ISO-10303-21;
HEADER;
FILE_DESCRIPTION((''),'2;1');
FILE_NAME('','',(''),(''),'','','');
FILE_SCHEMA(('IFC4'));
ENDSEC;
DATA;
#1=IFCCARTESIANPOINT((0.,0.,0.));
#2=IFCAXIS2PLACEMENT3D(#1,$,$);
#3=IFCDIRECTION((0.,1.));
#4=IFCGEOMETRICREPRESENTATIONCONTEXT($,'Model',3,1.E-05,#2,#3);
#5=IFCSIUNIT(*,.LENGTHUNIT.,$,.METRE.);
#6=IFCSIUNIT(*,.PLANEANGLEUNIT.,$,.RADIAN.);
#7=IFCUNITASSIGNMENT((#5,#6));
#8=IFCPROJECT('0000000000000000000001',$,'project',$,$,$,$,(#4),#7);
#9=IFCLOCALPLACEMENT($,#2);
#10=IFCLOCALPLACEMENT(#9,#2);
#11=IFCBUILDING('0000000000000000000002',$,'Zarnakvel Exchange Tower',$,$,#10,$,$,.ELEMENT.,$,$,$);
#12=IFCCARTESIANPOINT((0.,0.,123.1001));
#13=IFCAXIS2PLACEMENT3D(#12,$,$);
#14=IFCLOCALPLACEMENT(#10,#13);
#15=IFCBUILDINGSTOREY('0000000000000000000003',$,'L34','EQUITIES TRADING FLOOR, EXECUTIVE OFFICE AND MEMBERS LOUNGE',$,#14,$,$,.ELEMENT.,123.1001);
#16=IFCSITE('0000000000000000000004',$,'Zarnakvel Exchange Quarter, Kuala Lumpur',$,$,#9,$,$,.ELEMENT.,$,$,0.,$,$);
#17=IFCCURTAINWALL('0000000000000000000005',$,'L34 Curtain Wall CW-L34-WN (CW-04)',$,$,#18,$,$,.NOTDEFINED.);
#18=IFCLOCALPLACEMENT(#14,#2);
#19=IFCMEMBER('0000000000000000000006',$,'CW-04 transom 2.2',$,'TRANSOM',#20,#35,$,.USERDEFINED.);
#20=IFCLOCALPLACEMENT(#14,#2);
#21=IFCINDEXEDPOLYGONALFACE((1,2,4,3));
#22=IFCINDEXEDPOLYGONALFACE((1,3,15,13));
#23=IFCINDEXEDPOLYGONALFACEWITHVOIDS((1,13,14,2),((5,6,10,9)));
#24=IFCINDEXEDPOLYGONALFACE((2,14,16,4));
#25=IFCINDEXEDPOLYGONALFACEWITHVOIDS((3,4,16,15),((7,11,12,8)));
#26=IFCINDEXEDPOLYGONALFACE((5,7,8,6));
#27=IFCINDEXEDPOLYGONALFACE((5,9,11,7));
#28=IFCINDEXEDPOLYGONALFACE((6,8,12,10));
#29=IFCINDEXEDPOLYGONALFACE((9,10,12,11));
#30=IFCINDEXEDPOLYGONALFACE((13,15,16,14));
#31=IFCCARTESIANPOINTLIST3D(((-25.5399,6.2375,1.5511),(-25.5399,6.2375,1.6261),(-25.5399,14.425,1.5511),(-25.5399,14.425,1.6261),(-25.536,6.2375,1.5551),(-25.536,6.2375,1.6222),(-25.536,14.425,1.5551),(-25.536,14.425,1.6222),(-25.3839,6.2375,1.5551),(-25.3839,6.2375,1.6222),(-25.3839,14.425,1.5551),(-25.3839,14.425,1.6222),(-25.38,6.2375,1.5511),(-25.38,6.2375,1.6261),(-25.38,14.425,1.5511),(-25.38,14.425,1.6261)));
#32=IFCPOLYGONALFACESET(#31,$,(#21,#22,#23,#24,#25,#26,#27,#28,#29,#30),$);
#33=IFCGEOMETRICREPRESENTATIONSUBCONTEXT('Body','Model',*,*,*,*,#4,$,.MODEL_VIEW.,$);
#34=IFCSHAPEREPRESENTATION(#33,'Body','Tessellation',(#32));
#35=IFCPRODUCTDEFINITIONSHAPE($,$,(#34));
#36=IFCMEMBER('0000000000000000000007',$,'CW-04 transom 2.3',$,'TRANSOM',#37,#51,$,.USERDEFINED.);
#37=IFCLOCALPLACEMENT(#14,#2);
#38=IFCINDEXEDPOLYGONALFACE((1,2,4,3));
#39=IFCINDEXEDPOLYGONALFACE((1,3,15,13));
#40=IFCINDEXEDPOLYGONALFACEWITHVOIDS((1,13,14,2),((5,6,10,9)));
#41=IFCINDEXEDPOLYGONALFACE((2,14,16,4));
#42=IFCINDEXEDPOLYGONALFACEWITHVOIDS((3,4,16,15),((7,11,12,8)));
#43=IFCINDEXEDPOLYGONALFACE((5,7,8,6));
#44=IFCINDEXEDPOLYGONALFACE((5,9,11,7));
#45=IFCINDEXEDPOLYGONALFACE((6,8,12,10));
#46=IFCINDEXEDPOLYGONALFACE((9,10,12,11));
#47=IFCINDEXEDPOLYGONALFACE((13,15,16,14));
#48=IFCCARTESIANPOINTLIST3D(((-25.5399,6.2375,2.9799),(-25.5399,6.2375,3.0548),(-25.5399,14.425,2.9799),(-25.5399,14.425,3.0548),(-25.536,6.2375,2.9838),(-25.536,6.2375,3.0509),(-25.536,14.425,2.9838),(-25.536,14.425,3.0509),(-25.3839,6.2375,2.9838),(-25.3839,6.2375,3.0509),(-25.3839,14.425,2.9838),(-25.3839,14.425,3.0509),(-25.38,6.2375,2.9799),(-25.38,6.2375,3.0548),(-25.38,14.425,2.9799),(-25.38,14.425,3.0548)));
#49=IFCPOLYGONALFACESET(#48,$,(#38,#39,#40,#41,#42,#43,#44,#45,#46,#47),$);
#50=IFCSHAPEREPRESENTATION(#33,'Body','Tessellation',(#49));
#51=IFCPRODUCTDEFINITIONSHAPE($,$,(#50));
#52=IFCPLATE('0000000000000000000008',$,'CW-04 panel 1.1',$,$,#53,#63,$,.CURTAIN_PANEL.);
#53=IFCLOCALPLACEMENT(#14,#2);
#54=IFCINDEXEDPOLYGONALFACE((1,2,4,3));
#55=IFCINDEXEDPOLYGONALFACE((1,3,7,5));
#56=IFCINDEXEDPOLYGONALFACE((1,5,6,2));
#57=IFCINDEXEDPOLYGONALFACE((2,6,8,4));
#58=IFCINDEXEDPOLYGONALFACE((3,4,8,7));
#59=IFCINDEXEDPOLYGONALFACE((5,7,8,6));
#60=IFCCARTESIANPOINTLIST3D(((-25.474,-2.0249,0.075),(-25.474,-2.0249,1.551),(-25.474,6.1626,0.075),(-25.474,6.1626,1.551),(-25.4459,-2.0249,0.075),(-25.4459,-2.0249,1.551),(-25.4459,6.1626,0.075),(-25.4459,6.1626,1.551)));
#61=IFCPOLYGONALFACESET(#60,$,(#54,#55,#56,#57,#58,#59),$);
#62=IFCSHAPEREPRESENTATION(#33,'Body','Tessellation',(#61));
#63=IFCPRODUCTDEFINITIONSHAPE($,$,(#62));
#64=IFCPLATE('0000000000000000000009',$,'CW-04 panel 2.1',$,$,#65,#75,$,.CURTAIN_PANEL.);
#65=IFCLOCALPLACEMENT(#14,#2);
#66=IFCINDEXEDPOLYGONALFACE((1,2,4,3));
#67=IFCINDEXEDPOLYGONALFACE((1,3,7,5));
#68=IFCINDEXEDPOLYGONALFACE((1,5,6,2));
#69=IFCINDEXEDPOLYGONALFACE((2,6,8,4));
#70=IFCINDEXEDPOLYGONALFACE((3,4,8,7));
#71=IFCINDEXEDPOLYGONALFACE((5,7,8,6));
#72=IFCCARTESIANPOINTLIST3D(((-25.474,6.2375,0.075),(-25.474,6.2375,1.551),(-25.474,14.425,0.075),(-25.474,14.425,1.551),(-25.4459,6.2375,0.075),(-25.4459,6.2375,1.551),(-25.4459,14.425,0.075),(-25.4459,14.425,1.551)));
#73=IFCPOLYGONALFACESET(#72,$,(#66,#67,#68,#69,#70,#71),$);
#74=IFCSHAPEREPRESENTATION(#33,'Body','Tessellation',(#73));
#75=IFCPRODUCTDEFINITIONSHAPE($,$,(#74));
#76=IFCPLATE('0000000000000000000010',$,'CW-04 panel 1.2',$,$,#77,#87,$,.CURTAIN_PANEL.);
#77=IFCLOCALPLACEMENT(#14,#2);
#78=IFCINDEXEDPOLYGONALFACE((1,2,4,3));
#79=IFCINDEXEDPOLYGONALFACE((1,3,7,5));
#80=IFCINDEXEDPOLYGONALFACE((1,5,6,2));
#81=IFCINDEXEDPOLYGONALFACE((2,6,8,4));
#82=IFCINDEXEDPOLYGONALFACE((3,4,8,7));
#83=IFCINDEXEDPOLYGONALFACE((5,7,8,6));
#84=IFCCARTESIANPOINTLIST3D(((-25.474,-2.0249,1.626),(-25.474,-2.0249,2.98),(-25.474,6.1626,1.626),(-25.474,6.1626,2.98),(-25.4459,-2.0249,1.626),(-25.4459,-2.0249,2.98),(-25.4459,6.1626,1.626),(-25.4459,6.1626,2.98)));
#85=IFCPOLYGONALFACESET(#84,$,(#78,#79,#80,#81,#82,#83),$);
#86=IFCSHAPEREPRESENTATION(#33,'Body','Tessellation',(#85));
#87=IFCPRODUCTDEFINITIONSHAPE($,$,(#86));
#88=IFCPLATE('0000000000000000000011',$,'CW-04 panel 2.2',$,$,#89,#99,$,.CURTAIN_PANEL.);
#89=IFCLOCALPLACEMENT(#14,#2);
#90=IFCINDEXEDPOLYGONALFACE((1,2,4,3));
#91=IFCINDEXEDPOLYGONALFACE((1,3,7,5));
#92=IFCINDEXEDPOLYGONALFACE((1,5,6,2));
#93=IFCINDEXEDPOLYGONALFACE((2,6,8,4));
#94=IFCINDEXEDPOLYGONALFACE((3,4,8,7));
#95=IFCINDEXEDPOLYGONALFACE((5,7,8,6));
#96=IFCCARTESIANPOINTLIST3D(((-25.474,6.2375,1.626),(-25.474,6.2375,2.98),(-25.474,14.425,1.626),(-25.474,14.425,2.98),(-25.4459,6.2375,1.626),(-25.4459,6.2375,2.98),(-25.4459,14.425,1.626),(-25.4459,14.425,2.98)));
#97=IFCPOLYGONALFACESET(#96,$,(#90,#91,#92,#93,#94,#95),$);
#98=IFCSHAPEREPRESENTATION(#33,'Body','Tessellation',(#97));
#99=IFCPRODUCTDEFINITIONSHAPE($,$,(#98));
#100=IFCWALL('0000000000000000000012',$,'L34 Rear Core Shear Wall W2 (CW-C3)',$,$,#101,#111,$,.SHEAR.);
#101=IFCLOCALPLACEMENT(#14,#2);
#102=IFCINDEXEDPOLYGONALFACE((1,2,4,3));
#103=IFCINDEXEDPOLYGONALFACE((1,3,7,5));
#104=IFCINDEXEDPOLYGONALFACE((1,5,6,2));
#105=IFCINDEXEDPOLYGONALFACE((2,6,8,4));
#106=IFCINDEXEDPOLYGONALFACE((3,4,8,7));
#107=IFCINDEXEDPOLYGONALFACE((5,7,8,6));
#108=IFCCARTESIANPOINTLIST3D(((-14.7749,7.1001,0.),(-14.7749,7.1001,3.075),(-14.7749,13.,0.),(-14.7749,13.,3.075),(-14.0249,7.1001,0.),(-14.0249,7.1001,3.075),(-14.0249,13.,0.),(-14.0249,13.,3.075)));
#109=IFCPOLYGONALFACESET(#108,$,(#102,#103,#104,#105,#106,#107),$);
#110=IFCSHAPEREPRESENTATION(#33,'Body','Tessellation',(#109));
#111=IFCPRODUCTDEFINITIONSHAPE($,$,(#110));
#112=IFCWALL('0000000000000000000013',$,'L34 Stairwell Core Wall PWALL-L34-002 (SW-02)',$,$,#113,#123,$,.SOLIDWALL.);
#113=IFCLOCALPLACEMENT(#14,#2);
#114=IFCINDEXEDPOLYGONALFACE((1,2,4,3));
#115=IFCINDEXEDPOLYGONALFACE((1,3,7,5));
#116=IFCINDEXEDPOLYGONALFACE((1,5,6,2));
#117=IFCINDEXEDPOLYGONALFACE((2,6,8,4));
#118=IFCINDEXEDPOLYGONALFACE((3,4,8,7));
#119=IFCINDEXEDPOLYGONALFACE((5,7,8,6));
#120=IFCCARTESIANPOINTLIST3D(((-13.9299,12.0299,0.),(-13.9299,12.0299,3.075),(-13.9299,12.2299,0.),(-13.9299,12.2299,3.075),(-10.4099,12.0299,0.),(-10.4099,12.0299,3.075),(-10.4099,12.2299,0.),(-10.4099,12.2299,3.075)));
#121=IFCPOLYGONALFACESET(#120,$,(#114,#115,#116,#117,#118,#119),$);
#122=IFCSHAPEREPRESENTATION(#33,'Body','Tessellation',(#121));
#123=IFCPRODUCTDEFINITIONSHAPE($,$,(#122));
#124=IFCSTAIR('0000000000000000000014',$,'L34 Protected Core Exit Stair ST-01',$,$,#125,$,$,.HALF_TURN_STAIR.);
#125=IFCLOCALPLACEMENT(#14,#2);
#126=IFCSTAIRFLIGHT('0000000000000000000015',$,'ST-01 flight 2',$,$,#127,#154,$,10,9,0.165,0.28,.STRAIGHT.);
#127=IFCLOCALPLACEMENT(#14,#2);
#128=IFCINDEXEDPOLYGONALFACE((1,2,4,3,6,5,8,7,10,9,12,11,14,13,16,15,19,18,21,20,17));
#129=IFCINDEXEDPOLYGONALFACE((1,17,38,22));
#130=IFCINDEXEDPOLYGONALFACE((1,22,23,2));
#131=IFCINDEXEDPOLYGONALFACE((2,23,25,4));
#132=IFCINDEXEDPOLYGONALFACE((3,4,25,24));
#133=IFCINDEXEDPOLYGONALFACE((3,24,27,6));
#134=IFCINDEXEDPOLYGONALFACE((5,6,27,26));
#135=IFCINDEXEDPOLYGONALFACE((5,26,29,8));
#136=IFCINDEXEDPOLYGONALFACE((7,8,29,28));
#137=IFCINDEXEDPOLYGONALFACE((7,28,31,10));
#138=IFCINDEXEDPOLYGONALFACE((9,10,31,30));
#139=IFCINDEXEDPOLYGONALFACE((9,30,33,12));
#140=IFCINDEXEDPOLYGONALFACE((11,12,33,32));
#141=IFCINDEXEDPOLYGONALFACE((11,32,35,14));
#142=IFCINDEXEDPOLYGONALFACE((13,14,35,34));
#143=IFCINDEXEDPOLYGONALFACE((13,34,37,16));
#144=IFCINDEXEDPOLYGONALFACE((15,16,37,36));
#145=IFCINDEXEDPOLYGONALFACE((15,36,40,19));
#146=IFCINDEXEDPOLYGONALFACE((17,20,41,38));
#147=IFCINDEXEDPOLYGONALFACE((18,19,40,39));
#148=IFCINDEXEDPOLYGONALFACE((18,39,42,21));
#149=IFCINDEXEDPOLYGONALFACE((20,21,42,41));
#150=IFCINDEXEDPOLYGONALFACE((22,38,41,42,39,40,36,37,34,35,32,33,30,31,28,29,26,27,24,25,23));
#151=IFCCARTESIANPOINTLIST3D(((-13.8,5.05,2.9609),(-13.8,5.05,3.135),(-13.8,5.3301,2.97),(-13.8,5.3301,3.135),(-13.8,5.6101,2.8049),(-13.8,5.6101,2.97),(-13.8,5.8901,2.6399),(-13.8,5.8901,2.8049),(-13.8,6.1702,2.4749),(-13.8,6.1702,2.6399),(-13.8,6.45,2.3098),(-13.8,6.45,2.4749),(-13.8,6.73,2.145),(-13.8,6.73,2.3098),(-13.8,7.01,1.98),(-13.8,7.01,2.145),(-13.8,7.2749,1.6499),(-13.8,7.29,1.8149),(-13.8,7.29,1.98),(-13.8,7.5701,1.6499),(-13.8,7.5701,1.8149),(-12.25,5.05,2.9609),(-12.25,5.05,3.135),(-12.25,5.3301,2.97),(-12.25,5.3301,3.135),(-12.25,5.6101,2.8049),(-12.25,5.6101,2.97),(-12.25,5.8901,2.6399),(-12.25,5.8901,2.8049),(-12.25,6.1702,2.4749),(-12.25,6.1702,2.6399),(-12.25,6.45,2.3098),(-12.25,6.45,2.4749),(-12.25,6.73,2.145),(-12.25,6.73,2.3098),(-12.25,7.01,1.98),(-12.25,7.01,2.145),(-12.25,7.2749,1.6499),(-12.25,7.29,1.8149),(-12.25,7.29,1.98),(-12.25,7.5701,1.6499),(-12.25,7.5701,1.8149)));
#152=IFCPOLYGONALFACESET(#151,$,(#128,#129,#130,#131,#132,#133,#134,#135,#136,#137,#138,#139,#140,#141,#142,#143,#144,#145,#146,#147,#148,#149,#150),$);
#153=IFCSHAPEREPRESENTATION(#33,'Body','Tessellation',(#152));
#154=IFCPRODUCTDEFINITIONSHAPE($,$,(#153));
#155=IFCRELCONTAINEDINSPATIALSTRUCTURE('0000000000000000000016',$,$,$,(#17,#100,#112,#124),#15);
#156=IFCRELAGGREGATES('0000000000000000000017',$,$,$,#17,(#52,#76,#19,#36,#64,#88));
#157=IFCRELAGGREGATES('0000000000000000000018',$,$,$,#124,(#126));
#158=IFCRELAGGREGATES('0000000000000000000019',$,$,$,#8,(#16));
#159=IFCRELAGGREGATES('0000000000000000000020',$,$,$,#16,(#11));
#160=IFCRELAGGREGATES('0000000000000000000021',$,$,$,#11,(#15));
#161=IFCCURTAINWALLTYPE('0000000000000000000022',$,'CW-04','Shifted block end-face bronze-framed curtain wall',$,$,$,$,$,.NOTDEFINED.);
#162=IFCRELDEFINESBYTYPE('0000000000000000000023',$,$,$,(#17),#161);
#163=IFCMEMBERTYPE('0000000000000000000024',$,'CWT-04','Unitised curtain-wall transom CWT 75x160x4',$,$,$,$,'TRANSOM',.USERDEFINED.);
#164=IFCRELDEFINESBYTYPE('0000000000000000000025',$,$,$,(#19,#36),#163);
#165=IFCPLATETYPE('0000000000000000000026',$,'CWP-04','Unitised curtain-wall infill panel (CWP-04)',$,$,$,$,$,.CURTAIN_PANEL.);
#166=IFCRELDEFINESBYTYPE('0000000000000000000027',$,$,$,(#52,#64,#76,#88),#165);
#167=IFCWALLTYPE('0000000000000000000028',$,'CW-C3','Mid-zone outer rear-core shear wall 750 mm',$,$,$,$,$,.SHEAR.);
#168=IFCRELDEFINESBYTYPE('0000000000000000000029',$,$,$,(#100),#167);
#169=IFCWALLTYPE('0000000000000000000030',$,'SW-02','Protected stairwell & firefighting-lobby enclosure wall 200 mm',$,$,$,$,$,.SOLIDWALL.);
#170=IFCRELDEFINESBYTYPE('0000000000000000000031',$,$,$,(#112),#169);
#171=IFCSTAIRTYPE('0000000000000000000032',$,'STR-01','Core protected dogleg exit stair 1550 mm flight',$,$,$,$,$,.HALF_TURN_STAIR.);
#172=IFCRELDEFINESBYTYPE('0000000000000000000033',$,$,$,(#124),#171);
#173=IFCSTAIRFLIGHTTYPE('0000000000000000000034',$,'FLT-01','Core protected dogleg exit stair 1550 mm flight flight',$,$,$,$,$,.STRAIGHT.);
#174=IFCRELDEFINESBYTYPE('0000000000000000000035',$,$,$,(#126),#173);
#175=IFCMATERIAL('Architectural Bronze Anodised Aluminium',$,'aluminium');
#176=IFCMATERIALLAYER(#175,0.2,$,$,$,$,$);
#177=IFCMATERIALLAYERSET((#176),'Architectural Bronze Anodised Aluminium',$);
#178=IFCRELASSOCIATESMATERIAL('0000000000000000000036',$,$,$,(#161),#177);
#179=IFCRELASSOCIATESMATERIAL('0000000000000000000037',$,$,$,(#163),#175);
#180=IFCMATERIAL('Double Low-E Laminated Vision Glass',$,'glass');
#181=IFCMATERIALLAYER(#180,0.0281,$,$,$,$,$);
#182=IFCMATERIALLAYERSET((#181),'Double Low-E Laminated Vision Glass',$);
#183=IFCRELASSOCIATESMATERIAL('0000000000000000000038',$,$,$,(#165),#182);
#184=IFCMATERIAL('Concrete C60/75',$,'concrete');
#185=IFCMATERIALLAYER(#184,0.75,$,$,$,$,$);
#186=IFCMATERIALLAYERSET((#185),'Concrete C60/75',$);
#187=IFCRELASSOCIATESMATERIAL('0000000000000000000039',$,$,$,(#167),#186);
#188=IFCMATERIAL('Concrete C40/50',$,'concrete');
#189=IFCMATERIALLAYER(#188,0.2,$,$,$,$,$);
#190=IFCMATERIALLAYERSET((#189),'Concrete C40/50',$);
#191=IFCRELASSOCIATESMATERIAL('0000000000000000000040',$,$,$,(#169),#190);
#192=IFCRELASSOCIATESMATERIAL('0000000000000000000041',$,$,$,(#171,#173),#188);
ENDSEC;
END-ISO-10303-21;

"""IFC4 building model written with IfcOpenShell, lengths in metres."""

from ifc_helpers import new_model, si_unit, direction, frame, frame_2d, origin, origin_2d, place, context, subcontext, project, spatial, polyline, rectangle, hollow_rectangle, outline, extrude, source, transform, mapped, material, layer, layer_set, material_profile, profile_set, type_object, element, aggregate, save


model = new_model("IFC4")

# Units and contexts
model_context = context("Model", 3, precision=1e-05, world=origin(), true_north=direction((0.0, 1.0)))
body_context = subcontext(model_context, "Body", "Model", "MODEL_VIEW")
ifc_project = project(units=[si_unit("LENGTHUNIT", "METRE"), si_unit("PLANEANGLEUNIT", "RADIAN")], contexts=[model_context])

# Site, building, storey
site_placement = place(None, origin())
site = spatial("IfcSite", under=ifc_project, at=site_placement, Name="Zarnakvel Exchange Quarter, Kuala Lumpur", CompositionType="ELEMENT", RefElevation=0.0)
building_placement = place(site_placement, origin())
building = spatial("IfcBuilding", under=site, at=building_placement, Name="Zarnakvel Exchange Tower", CompositionType="ELEMENT")
storey_placement = place(building_placement, frame((0.0, 0.0, 123.1001)))
storey = spatial("IfcBuildingStorey", under=building, at=storey_placement, Name="L34", Description="EQUITIES TRADING FLOOR, EXECUTIVE OFFICE AND MEMBERS LOUNGE", CompositionType="ELEMENT", Elevation=123.1001)

# Shared definitions
ifc_material_1 = material(Name="Concrete C60/75", Category="concrete")

# Curtain wall, members, plates
ifc_material_2 = material(Name="Architectural Bronze Anodised Aluminium", Category="aluminium")
ifc_layer_1 = layer(ifc_material_2, 0.2)
ifc_layer_set_1 = layer_set([ifc_layer_1], Name="Architectural Bronze Anodised Aluminium")
curtain_wall_type = type_object("IfcCurtainWallType", Name="CW-04", Description="Shifted block end-face bronze-framed curtain wall", PredefinedType="NOTDEFINED", material=ifc_layer_set_1)
curtain_wall_placement = place(storey_placement, origin())
curtain_wall = element("IfcCurtainWall", 1, at=curtain_wall_placement, inside=storey, type_object=curtain_wall_type, Name="L34 Curtain Wall CW-L34-WN (CW-04)", PredefinedType="NOTDEFINED")
ifc_material_profile_1 = material_profile(ifc_material_2, hollow_rectangle(XDim=0.1599, YDim=0.075, WallThickness=0.0039, at=origin_2d()))
ifc_profile_set_1 = profile_set([ifc_material_profile_1], Name="Architectural Bronze Anodised Aluminium")
member_type_1 = type_object("IfcMemberType", Name="CWT-04", Description="Unitised curtain-wall transom CWT 75x160x4", ElementType="TRANSOM", PredefinedType="USERDEFINED", material=ifc_profile_set_1)
shared_shape_1 = source(origin(), body_context, "Body", "SweptSolid", [
    extrude(hollow_rectangle(XDim=0.1599, YDim=0.075, WallThickness=0.0039, at=origin_2d()), origin(), (0.0, 0.0, 1.0), 8.1875),
])
member_1_placement = place(storey_placement, frame((-25.46, 6.2375, 1.5886), z_axis=(0.0, 1.0, 0.0), x_axis=(-1.0, 0.0, 0.0)))
member_1 = element("IfcMember", 2, at=member_1_placement, type_object=member_type_1, Name="CW-04 transom 2.2", ObjectType="TRANSOM", PredefinedType="USERDEFINED", context=body_context, shape_type="MappedRepresentation", body=[
    mapped(shared_shape_1, transform((0.0, 0.0, 0.0), x_axis=(1.0, 0.0, 0.0), y_axis=(0.0, 1.0, 0.0), z_axis=(0.0, 0.0, 1.0), scale=1.0)),
])
member_2_placement = place(storey_placement, frame((-25.46, 6.2375, 3.0173), z_axis=(0.0, 1.0, 0.0), x_axis=(-1.0, 0.0, 0.0)))
member_2 = element("IfcMember", 3, at=member_2_placement, type_object=member_type_1, Name="CW-04 transom 2.3", ObjectType="TRANSOM", PredefinedType="USERDEFINED", context=body_context, shape_type="MappedRepresentation", body=[
    mapped(shared_shape_1, transform((0.0, 0.0, 0.0), x_axis=(1.0, 0.0, 0.0), y_axis=(0.0, 1.0, 0.0), z_axis=(0.0, 0.0, 1.0), scale=1.0)),
])
ifc_material_3 = material(Name="Double Low-E Laminated Vision Glass", Category="glass")
ifc_layer_2 = layer(ifc_material_3, 0.0281)
ifc_layer_set_2 = layer_set([ifc_layer_2], Name="Double Low-E Laminated Vision Glass")
plate_type = type_object("IfcPlateType", Name="CWP-04", Description="Unitised curtain-wall infill panel (CWP-04)", PredefinedType="CURTAIN_PANEL", material=ifc_layer_set_2)
shared_shape_2 = source(origin(), body_context, "Body", "SweptSolid", [
    extrude(rectangle(XDim=8.1875, YDim=0.0281, at=origin_2d()), origin(), (0.0, 0.0, 1.0), 1.4761),
])
plate_1_placement = place(storey_placement, frame((-25.46, 2.0688, 0.075), z_axis=(0.0, 0.0, 1.0), x_axis=(0.0, 1.0, 0.0)))
plate_1 = element("IfcPlate", 4, at=plate_1_placement, type_object=plate_type, Name="CW-04 panel 1.1", PredefinedType="CURTAIN_PANEL", context=body_context, shape_type="MappedRepresentation", body=[
    mapped(shared_shape_2, transform((0.0, 0.0, 0.0), x_axis=(1.0, 0.0, 0.0), y_axis=(0.0, 1.0, 0.0), z_axis=(0.0, 0.0, 1.0), scale=1.0)),
])
plate_2_placement = place(storey_placement, frame((-25.46, 10.3313, 0.075), z_axis=(0.0, 0.0, 1.0), x_axis=(0.0, 1.0, 0.0)))
plate_2 = element("IfcPlate", 5, at=plate_2_placement, type_object=plate_type, Name="CW-04 panel 2.1", PredefinedType="CURTAIN_PANEL", context=body_context, shape_type="MappedRepresentation", body=[
    mapped(shared_shape_2, transform((0.0, 0.0, 0.0), x_axis=(1.0, 0.0, 0.0), y_axis=(0.0, 1.0, 0.0), z_axis=(0.0, 0.0, 1.0), scale=1.0)),
])
shared_shape_3 = source(origin(), body_context, "Body", "SweptSolid", [
    extrude(rectangle(XDim=8.1875, YDim=0.0281, at=origin_2d()), origin(), (0.0, 0.0, 1.0), 1.354),
])
plate_3_placement = place(storey_placement, frame((-25.46, 2.0688, 1.626), z_axis=(0.0, 0.0, 1.0), x_axis=(0.0, 1.0, 0.0)))
plate_3 = element("IfcPlate", 6, at=plate_3_placement, type_object=plate_type, Name="CW-04 panel 1.2", PredefinedType="CURTAIN_PANEL", context=body_context, shape_type="MappedRepresentation", body=[
    mapped(shared_shape_3, transform((0.0, 0.0, 0.0), x_axis=(1.0, 0.0, 0.0), y_axis=(0.0, 1.0, 0.0), z_axis=(0.0, 0.0, 1.0), scale=1.0)),
])
plate_4_placement = place(storey_placement, frame((-25.46, 10.3313, 1.626), z_axis=(0.0, 0.0, 1.0), x_axis=(0.0, 1.0, 0.0)))
plate_4 = element("IfcPlate", 7, at=plate_4_placement, type_object=plate_type, Name="CW-04 panel 2.2", PredefinedType="CURTAIN_PANEL", context=body_context, shape_type="MappedRepresentation", body=[
    mapped(shared_shape_3, transform((0.0, 0.0, 0.0), x_axis=(1.0, 0.0, 0.0), y_axis=(0.0, 1.0, 0.0), z_axis=(0.0, 0.0, 1.0), scale=1.0)),
])
aggregate(curtain_wall, [plate_1, plate_3, member_1, member_2, plate_2, plate_4])

# Walls
ifc_layer_3 = layer(ifc_material_1, 0.75)
ifc_layer_set_3 = layer_set([ifc_layer_3], Name="Concrete C60/75")
wall_type_1 = type_object("IfcWallType", Name="CW-C3", Description="Mid-zone outer rear-core shear wall 750 mm", PredefinedType="SHEAR", material=ifc_layer_set_3)
wall_1_placement = place(storey_placement, frame((-14.3999, 7.1001, 0.0), z_axis=(0.0, 0.0, 1.0), x_axis=(0.0, 1.0, 0.0)))
element("IfcWall", 8, at=wall_1_placement, inside=storey, type_object=wall_type_1, Name="L34 Rear Core Shear Wall W2 (CW-C3)", PredefinedType="SHEAR", context=body_context, shape_type="SweptSolid", body=[
    extrude(rectangle(XDim=5.8999, YDim=0.75, at=frame_2d((2.95, 0.0))), origin(), (0.0, 0.0, 1.0), 3.075),
])
ifc_material_4 = material(Name="Concrete C40/50", Category="concrete")
ifc_layer_4 = layer(ifc_material_4, 0.2)
ifc_layer_set_4 = layer_set([ifc_layer_4], Name="Concrete C40/50")
wall_type_2 = type_object("IfcWallType", Name="SW-02", Description="Protected stairwell & firefighting-lobby enclosure wall 200 mm", PredefinedType="SOLIDWALL", material=ifc_layer_set_4)
wall_2_placement = place(storey_placement, frame((-13.9299, 12.1299, 0.0), z_axis=(0.0, 0.0, 1.0), x_axis=(1.0, 0.0, 0.0)))
element("IfcWall", 9, at=wall_2_placement, inside=storey, type_object=wall_type_2, Name="L34 Stairwell Core Wall PWALL-L34-002 (SW-02)", PredefinedType="SOLIDWALL", context=body_context, shape_type="SweptSolid", body=[
    extrude(rectangle(XDim=3.52, YDim=0.2, at=frame_2d((1.76, 0.0))), origin(), (0.0, 0.0, 1.0), 3.075),
])

# Stair, stair flight
stair_type = type_object("IfcStairType", Name="STR-01", Description="Core protected dogleg exit stair 1550 mm flight", PredefinedType="HALF_TURN_STAIR", material=ifc_material_4)
stair_placement = place(storey_placement, origin())
stair = element("IfcStair", 10, at=stair_placement, inside=storey, type_object=stair_type, Name="L34 Protected Core Exit Stair ST-01", PredefinedType="HALF_TURN_STAIR")
stair_flight_type = type_object("IfcStairFlightType", Name="FLT-01", Description="Core protected dogleg exit stair 1550 mm flight flight", PredefinedType="STRAIGHT", material=ifc_material_4)
stair_flight_placement = place(storey_placement, frame((-13.0249, 7.5701, 1.6499), z_axis=(0.0, 0.0, 1.0), x_axis=(0.0, -1.0, 0.0)))
stair_flight = element("IfcStairFlight", 11, at=stair_flight_placement, type_object=stair_flight_type, Name="ST-01 flight 2", NumberOfRisers=10, NumberOfTreads=9, PredefinedType="STRAIGHT", RiserHeight=0.165, TreadLength=0.28, context=body_context, shape_type="SweptSolid", body=[
    extrude(outline(polyline([(0.0, 0.0), (0.0, 0.165), (0.28, 0.165), (0.28, 0.3301), (0.5601, 0.3301), (0.5601, 0.4951), (0.8401, 0.4951), (0.8401, 0.6599), (1.1201, 0.6599), (1.1201, 0.825), (1.3999, 0.825), (1.3999, 0.99), (1.6799, 0.99), (1.6799, 1.155), (1.96, 1.155), (1.96, 1.3201), (2.24, 1.3201), (2.24, 1.4851), (2.52, 1.4851), (2.52, 1.6499), (2.52, 1.311), (0.2952, 0.0), (0.0, 0.0)])), frame((0.0, 0.7749, 0.0), z_axis=(0.0, -1.0, 0.0), x_axis=(1.0, 0.0, 0.0)), (0.0, 0.0, 1.0), 1.55),
])
aggregate(stair, [stair_flight])

save(model, "model.ifc")
